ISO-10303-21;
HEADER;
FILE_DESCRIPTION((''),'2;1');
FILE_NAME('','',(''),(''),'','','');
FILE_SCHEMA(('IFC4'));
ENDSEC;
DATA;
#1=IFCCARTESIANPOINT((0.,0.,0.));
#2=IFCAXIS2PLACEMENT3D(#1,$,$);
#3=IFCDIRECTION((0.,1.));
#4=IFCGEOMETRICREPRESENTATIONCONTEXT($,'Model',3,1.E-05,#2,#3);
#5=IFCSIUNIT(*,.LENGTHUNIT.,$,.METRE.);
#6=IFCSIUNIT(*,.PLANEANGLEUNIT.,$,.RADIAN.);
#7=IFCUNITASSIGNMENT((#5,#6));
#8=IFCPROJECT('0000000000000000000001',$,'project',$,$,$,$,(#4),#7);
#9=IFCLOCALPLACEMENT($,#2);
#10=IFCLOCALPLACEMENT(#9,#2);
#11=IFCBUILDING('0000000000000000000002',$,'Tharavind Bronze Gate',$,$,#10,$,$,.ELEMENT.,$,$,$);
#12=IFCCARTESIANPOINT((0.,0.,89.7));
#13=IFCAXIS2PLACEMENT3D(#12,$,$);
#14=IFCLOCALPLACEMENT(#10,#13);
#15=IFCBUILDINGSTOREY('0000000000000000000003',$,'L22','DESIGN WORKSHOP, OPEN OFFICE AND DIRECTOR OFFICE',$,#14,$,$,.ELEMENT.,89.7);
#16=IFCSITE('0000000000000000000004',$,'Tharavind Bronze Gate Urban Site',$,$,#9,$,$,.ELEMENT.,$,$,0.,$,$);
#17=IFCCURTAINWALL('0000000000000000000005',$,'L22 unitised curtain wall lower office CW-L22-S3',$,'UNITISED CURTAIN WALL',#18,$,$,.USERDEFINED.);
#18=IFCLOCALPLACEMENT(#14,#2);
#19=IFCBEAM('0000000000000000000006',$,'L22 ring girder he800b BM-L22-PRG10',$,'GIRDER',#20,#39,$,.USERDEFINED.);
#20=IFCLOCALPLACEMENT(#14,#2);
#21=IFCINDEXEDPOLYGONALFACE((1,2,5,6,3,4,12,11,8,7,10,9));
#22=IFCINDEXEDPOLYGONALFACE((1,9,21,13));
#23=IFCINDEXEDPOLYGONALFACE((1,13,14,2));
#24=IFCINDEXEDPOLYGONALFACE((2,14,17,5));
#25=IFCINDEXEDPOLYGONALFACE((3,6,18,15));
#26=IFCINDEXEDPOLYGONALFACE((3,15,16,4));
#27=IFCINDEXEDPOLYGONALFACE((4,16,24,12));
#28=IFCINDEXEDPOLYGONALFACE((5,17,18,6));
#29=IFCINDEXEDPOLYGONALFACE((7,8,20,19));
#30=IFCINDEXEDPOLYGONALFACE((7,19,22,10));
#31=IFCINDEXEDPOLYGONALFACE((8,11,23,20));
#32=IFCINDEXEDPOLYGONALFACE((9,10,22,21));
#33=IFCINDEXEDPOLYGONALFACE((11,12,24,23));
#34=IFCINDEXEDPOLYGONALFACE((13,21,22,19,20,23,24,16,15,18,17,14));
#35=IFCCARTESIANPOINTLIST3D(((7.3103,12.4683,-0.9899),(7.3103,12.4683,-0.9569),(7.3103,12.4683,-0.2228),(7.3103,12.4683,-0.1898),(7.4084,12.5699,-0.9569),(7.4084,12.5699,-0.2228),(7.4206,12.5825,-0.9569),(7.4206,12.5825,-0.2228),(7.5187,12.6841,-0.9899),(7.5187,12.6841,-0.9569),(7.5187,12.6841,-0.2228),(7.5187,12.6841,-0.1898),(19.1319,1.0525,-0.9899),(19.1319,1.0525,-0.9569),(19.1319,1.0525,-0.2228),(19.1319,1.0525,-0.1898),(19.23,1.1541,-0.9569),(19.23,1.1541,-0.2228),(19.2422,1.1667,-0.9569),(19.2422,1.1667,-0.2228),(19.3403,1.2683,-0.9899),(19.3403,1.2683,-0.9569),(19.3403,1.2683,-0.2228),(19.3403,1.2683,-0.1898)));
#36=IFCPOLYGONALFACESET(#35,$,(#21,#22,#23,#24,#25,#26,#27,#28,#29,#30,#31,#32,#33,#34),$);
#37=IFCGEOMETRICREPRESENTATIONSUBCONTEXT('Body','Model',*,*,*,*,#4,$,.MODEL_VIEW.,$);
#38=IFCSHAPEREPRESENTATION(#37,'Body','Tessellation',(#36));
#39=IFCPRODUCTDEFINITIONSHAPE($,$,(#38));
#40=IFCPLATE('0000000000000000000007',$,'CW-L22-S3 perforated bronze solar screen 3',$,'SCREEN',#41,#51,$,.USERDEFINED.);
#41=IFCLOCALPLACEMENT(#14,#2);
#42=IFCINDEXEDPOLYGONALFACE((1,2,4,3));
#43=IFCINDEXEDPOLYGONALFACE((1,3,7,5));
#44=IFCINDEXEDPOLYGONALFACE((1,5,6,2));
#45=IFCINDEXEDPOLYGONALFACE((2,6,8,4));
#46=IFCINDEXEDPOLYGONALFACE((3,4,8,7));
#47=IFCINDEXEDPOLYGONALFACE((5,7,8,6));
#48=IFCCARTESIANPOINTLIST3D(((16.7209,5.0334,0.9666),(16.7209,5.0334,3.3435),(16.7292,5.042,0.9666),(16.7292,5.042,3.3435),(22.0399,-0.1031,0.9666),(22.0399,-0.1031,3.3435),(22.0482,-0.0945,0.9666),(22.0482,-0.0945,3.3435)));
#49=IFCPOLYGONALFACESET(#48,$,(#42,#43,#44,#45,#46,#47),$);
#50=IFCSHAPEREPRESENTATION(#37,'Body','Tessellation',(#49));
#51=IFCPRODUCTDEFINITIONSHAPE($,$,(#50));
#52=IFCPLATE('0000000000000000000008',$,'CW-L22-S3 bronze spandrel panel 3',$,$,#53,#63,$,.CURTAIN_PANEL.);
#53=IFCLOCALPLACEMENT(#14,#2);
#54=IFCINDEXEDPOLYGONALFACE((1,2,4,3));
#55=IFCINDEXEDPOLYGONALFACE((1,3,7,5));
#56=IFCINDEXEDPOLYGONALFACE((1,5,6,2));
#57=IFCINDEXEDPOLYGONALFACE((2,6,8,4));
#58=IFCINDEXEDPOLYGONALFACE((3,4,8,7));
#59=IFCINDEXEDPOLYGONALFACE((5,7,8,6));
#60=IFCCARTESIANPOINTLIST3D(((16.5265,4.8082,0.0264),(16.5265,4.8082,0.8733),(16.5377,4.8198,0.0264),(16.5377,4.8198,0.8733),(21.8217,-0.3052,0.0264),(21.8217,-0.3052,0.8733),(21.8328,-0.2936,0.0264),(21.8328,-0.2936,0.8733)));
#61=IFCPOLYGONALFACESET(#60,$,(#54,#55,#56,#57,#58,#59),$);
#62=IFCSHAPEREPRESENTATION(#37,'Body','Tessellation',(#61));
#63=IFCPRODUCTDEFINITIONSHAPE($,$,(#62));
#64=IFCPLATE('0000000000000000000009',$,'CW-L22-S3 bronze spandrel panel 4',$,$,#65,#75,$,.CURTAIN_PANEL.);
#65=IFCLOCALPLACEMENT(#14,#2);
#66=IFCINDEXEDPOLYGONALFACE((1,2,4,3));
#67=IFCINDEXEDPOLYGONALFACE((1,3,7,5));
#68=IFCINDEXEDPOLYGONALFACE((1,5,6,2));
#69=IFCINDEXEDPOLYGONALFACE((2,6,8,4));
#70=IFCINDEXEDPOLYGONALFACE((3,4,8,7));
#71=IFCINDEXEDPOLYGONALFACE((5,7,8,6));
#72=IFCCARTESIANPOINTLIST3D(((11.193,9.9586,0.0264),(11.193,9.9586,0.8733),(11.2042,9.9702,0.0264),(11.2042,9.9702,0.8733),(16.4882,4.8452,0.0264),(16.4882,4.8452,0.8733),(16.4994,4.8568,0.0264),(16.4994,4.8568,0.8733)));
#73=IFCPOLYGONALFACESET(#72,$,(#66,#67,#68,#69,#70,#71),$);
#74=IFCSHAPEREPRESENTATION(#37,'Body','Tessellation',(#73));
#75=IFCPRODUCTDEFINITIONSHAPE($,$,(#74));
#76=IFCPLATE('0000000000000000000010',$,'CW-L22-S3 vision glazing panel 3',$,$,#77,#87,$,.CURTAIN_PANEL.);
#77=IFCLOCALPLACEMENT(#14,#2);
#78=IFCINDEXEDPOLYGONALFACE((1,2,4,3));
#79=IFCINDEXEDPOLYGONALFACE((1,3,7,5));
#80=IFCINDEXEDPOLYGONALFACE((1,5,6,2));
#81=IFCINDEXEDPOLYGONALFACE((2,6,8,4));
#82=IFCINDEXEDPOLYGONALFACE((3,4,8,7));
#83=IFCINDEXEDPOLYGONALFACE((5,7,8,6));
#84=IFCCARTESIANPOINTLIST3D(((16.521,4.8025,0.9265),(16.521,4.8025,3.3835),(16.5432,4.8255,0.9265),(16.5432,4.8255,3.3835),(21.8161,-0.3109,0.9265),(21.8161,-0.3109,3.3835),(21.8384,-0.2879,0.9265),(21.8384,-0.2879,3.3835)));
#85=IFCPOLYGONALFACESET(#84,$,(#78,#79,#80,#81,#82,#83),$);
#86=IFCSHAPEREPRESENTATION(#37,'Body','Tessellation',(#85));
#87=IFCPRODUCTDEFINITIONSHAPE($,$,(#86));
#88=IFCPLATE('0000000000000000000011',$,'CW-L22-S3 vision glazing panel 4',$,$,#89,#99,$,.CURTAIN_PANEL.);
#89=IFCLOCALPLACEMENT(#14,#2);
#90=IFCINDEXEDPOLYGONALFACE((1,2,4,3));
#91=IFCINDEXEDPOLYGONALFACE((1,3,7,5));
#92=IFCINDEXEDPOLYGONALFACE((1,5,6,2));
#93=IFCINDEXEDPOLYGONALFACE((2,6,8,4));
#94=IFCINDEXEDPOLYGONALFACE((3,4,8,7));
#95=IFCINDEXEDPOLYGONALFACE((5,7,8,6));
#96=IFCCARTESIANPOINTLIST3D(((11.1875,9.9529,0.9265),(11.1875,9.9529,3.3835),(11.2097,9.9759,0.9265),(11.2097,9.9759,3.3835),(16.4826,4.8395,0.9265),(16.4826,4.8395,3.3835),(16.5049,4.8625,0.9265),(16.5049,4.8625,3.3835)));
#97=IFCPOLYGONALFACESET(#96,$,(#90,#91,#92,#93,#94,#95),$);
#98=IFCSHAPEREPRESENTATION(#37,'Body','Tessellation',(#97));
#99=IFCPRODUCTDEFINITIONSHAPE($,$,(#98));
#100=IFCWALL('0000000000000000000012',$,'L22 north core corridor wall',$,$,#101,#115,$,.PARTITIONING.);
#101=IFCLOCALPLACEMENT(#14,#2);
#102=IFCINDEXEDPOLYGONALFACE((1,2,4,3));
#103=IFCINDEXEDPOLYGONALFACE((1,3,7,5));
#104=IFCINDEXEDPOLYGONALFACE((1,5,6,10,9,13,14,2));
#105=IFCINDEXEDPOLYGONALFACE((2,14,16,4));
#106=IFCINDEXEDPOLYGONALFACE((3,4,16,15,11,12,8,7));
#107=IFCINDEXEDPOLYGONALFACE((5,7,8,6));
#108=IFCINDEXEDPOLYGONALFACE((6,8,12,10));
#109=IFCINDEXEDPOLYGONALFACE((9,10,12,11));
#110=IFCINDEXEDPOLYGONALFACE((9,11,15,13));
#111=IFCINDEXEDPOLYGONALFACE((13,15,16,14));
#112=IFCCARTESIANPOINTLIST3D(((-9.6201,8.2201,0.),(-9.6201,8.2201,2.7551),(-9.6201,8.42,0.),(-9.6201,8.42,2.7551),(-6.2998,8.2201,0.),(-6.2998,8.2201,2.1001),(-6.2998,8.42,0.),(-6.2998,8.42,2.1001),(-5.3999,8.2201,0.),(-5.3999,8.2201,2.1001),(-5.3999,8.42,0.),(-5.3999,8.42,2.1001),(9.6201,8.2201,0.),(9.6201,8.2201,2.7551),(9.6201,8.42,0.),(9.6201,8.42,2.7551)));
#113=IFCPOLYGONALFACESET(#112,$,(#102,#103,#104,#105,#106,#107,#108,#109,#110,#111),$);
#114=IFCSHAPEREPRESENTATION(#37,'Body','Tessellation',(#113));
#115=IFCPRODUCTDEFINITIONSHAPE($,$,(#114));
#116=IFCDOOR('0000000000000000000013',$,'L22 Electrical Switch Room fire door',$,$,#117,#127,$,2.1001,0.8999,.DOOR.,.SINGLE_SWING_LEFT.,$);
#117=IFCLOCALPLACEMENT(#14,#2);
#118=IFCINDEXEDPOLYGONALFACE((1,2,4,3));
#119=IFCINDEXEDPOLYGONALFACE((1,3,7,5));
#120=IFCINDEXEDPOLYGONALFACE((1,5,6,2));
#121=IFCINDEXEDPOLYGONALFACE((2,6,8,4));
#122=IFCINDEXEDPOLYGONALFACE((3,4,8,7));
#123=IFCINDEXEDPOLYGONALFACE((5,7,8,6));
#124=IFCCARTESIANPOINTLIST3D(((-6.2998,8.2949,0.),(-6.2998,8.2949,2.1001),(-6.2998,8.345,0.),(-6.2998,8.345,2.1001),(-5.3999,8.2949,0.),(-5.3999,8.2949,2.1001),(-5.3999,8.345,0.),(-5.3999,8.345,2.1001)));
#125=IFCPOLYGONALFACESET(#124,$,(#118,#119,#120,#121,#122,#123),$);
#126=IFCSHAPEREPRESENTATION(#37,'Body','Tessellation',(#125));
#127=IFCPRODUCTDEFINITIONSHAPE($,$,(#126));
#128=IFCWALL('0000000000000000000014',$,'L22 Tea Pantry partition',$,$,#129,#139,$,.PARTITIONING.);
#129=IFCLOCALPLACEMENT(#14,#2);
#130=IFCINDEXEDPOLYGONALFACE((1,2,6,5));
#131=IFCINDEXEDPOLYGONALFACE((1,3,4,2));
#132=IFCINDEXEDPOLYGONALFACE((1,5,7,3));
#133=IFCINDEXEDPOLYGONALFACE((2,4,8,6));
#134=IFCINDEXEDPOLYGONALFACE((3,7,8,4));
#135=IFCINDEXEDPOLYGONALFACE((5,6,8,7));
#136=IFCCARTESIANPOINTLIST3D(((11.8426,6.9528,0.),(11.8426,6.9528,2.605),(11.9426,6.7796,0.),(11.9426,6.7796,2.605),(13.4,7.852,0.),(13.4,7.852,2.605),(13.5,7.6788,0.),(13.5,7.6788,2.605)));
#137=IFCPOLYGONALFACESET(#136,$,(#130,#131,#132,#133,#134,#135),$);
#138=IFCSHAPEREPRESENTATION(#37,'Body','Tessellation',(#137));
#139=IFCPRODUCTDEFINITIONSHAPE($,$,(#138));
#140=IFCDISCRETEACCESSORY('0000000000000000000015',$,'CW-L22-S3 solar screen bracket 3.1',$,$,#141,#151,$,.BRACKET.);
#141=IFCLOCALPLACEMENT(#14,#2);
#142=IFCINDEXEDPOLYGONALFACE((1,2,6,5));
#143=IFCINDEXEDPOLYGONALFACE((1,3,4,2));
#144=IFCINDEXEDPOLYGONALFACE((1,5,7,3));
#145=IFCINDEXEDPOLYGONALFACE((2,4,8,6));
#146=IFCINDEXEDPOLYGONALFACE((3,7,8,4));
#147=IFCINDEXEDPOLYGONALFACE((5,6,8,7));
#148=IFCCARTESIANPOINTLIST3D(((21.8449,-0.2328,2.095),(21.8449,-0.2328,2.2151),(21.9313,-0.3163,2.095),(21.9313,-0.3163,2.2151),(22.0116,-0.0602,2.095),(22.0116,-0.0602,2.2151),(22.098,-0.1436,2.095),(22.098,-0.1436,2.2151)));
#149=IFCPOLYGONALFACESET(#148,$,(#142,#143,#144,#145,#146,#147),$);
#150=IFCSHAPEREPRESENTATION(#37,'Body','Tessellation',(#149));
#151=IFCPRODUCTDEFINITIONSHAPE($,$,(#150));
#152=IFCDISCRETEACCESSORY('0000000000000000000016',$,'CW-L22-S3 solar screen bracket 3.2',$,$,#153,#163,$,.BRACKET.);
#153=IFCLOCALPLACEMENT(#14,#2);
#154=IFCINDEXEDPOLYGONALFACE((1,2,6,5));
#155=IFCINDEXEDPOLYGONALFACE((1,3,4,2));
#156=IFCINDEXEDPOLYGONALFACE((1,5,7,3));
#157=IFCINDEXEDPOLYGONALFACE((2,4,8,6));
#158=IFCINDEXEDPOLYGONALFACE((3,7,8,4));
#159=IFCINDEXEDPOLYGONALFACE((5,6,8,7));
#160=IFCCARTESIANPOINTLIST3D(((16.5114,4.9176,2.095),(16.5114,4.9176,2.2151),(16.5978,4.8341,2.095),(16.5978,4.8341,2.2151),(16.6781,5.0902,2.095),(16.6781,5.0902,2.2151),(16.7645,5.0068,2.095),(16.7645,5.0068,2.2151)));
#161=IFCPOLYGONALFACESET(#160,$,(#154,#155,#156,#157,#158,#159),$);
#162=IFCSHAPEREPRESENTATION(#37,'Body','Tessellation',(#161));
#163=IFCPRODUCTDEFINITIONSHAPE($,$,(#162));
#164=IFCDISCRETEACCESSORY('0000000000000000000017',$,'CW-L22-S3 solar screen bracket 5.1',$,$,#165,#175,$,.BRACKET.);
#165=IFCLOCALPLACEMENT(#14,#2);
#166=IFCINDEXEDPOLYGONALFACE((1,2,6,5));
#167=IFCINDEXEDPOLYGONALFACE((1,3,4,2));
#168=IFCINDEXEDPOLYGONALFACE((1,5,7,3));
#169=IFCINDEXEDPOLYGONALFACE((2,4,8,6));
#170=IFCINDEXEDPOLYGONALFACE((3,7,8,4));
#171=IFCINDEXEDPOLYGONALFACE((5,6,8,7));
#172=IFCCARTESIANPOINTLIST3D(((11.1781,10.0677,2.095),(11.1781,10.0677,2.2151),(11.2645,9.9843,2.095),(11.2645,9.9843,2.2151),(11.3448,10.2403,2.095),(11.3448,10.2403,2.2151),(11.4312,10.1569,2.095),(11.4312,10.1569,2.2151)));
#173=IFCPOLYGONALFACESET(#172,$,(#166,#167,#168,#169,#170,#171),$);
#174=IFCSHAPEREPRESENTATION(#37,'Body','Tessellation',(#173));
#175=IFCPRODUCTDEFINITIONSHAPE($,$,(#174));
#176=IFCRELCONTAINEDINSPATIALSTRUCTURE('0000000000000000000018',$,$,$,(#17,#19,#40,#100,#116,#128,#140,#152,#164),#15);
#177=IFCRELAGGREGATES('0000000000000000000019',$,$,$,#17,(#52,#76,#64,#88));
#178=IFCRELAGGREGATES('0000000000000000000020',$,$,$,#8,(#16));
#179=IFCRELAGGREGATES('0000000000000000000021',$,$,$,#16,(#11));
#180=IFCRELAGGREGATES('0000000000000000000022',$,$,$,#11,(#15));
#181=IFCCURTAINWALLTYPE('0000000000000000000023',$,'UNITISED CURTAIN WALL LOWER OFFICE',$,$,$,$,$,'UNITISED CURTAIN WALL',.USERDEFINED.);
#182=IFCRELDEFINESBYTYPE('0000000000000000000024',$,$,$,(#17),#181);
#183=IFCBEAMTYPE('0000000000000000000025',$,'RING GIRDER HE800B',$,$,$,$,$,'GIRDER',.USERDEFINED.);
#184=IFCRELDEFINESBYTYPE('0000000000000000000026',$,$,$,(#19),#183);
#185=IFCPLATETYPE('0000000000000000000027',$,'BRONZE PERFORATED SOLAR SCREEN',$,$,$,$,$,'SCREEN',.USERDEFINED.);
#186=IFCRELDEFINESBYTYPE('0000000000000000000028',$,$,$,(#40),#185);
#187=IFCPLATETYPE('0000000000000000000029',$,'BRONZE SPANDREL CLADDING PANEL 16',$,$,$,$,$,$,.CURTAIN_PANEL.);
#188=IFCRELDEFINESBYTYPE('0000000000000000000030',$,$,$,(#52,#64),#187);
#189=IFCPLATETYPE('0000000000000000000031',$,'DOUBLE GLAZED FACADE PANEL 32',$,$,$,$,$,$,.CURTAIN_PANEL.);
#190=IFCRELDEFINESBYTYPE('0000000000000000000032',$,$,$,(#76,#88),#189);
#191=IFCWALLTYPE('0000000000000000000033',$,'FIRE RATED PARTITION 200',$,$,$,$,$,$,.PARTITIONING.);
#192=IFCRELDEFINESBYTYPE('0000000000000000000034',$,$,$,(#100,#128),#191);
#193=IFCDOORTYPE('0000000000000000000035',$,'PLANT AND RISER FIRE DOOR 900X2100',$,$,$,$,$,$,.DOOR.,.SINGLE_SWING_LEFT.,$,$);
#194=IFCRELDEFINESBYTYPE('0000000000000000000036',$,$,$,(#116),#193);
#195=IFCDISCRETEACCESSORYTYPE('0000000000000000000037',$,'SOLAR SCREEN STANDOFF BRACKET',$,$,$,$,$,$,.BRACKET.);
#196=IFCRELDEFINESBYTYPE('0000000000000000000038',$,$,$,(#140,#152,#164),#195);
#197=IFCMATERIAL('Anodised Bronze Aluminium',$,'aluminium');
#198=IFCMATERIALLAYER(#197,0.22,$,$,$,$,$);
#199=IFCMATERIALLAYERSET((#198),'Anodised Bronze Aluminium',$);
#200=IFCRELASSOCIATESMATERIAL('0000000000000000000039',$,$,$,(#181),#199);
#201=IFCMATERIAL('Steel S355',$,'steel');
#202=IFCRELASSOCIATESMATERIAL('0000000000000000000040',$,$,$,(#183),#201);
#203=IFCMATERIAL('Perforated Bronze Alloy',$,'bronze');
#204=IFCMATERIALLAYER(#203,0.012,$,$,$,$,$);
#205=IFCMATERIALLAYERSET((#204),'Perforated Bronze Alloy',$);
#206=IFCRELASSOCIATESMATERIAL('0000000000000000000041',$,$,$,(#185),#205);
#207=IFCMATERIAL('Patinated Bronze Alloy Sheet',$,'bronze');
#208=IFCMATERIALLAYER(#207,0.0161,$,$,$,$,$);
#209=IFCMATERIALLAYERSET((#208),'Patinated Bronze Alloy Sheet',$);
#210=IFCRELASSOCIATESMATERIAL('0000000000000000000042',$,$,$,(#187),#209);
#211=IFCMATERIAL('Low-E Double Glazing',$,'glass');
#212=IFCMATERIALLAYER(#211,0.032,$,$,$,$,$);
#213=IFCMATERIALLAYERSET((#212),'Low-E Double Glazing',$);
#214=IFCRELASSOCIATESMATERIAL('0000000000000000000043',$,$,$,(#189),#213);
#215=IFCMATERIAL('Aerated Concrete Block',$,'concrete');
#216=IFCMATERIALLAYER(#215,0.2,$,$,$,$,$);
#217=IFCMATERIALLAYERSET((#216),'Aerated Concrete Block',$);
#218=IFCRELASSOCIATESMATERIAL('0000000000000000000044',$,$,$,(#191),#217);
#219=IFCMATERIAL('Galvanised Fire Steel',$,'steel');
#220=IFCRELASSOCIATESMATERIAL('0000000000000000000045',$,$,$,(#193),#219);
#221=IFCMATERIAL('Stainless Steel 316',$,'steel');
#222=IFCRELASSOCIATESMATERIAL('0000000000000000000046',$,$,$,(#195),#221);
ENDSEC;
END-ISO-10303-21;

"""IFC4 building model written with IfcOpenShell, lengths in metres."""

from ifc_helpers import new_model, si_unit, direction, frame, frame_2d, origin, origin_2d, place, context, subcontext, project, spatial, rectangle, i_section, extrude, material, layer, layer_set, material_profile, profile_set, type_object, element, fill, aggregate, save


model = new_model("IFC4")

# Units and contexts
model_context = context("Model", 3, precision=1e-05, world=origin(), true_north=direction((0.0, 1.0)))
body_context = subcontext(model_context, "Body", "Model", "MODEL_VIEW")
ifc_project = project(units=[si_unit("LENGTHUNIT", "METRE"), si_unit("PLANEANGLEUNIT", "RADIAN")], contexts=[model_context])

# Site, building, storey
site_placement = place(None, origin())
site = spatial("IfcSite", under=ifc_project, at=site_placement, Name="Tharavind Bronze Gate Urban Site", CompositionType="ELEMENT", RefElevation=0.0)
building_placement = place(site_placement, origin())
building = spatial("IfcBuilding", under=site, at=building_placement, Name="Tharavind Bronze Gate", CompositionType="ELEMENT")
storey_placement = place(building_placement, frame((0.0, 0.0, 89.7)))
storey = spatial("IfcBuildingStorey", under=building, at=storey_placement, Name="L22", Description="DESIGN WORKSHOP, OPEN OFFICE AND DIRECTOR OFFICE", CompositionType="ELEMENT", Elevation=89.7)

# Curtain wall
ifc_material_1 = material(Name="Anodised Bronze Aluminium", Category="aluminium")
ifc_layer_1 = layer(ifc_material_1, 0.22)
ifc_layer_set_1 = layer_set([ifc_layer_1], Name="Anodised Bronze Aluminium")
curtain_wall_type = type_object("IfcCurtainWallType", Name="UNITISED CURTAIN WALL LOWER OFFICE", ElementType="UNITISED CURTAIN WALL", PredefinedType="USERDEFINED", material=ifc_layer_set_1)
curtain_wall_placement = place(storey_placement, origin())
curtain_wall = element("IfcCurtainWall", 1, at=curtain_wall_placement, inside=storey, type_object=curtain_wall_type, Name="L22 unitised curtain wall lower office CW-L22-S3", ObjectType="UNITISED CURTAIN WALL", PredefinedType="USERDEFINED")

# Beam
ifc_material_2 = material(Name="Steel S355", Category="steel")
ifc_material_profile_1 = material_profile(ifc_material_2, i_section(OverallWidth=0.3, OverallDepth=0.8, WebThickness=0.0176, FlangeThickness=0.033, at=origin_2d()), Name="HE800B")
ifc_profile_set_1 = profile_set([ifc_material_profile_1], Name="Steel S355")
beam_type_1 = type_object("IfcBeamType", Name="RING GIRDER HE800B", ElementType="GIRDER", PredefinedType="USERDEFINED", material=ifc_profile_set_1)
beam_1_placement = place(storey_placement, frame((19.2361, 1.1604, -0.5898), z_axis=(-0.719344, 0.694654, 0.0), x_axis=(-0.694654, -0.719344, 0.0)))
element("IfcBeam", 2, at=beam_1_placement, inside=storey, type_object=beam_type_1, Name="L22 ring girder he800b BM-L22-PRG10", ObjectType="GIRDER", PredefinedType="USERDEFINED", context=body_context, shape_type="SweptSolid", body=[
    extrude(i_section(OverallWidth=0.3, OverallDepth=0.8, WebThickness=0.0176, FlangeThickness=0.033, at=origin_2d()), origin(), (0.0, 0.0, 1.0), 16.4338),
])

# Plates
ifc_material_3 = material(Name="Perforated Bronze Alloy", Category="bronze")
ifc_layer_2 = layer(ifc_material_3, 0.012)
ifc_layer_set_2 = layer_set([ifc_layer_2], Name="Perforated Bronze Alloy")
plate_type_1 = type_object("IfcPlateType", Name="BRONZE PERFORATED SOLAR SCREEN", ElementType="SCREEN", PredefinedType="USERDEFINED", material=ifc_layer_set_2)
plate_1_placement = place(storey_placement, frame((19.3845, 2.4695, 0.9666), z_axis=(0.0, 0.0, 1.0), x_axis=(-0.719341, 0.694657, 0.0)))
element("IfcPlate", 3, at=plate_1_placement, inside=storey, type_object=plate_type_1, Name="CW-L22-S3 perforated bronze solar screen 3", ObjectType="SCREEN", PredefinedType="USERDEFINED", context=body_context, shape_type="SweptSolid", body=[
    extrude(rectangle(XDim=7.3943, YDim=0.012, at=origin_2d()), origin(), (0.0, 0.0, 1.0), 2.377),
])
ifc_material_4 = material(Name="Patinated Bronze Alloy Sheet", Category="bronze")
ifc_layer_3 = layer(ifc_material_4, 0.0161)
ifc_layer_set_3 = layer_set([ifc_layer_3], Name="Patinated Bronze Alloy Sheet")
plate_type_2 = type_object("IfcPlateType", Name="BRONZE SPANDREL CLADDING PANEL 16", PredefinedType="CURTAIN_PANEL", material=ifc_layer_set_3)
plate_2_placement = place(storey_placement, frame((19.1797, 2.2573, 0.0264), z_axis=(0.0, 0.0, 1.0), x_axis=(-0.719341, 0.694657, 0.0)))
plate_2 = element("IfcPlate", 4, at=plate_2_placement, type_object=plate_type_2, Name="CW-L22-S3 bronze spandrel panel 3", PredefinedType="CURTAIN_PANEL", context=body_context, shape_type="SweptSolid", body=[
    extrude(rectangle(XDim=7.3611, YDim=0.0161, at=origin_2d()), origin(), (0.0, 0.0, 1.0), 0.8469),
])
plate_3_placement = place(storey_placement, frame((13.8462, 7.4077, 0.0264), z_axis=(0.0, 0.0, 1.0), x_axis=(-0.719341, 0.694657, 0.0)))
plate_3 = element("IfcPlate", 5, at=plate_3_placement, type_object=plate_type_2, Name="CW-L22-S3 bronze spandrel panel 4", PredefinedType="CURTAIN_PANEL", context=body_context, shape_type="SweptSolid", body=[
    extrude(rectangle(XDim=7.3611, YDim=0.0161, at=origin_2d()), origin(), (0.0, 0.0, 1.0), 0.8469),
])
ifc_material_5 = material(Name="Low-E Double Glazing", Category="glass")
ifc_layer_4 = layer(ifc_material_5, 0.032)
ifc_layer_set_4 = layer_set([ifc_layer_4], Name="Low-E Double Glazing")
plate_type_3 = type_object("IfcPlateType", Name="DOUBLE GLAZED FACADE PANEL 32", PredefinedType="CURTAIN_PANEL", material=ifc_layer_set_4)
plate_4_placement = place(storey_placement, frame((19.1797, 2.2573, 0.9265), z_axis=(0.0, 0.0, 1.0), x_axis=(-0.719341, 0.694657, 0.0)))
plate_4 = element("IfcPlate", 6, at=plate_4_placement, type_object=plate_type_3, Name="CW-L22-S3 vision glazing panel 3", PredefinedType="CURTAIN_PANEL", context=body_context, shape_type="SweptSolid", body=[
    extrude(rectangle(XDim=7.3611, YDim=0.032, at=origin_2d()), origin(), (0.0, 0.0, 1.0), 2.457),
])
plate_5_placement = place(storey_placement, frame((13.8462, 7.4077, 0.9265), z_axis=(0.0, 0.0, 1.0), x_axis=(-0.719341, 0.694657, 0.0)))
plate_5 = element("IfcPlate", 7, at=plate_5_placement, type_object=plate_type_3, Name="CW-L22-S3 vision glazing panel 4", PredefinedType="CURTAIN_PANEL", context=body_context, shape_type="SweptSolid", body=[
    extrude(rectangle(XDim=7.3611, YDim=0.032, at=origin_2d()), origin(), (0.0, 0.0, 1.0), 2.457),
])
aggregate(curtain_wall, [plate_2, plate_4, plate_3, plate_5])

# Wall, opening, door
ifc_material_6 = material(Name="Aerated Concrete Block", Category="concrete")
ifc_layer_5 = layer(ifc_material_6, 0.2)
ifc_layer_set_5 = layer_set([ifc_layer_5], Name="Aerated Concrete Block")
wall_type = type_object("IfcWallType", Name="FIRE RATED PARTITION 200", PredefinedType="PARTITIONING", material=ifc_layer_set_5)
wall_1_placement = place(storey_placement, frame((9.6201, 8.3201, 0.0), z_axis=(0.0, 0.0, 1.0), x_axis=(-1.0, 0.0, 0.0)))
wall_1 = element("IfcWall", 8, at=wall_1_placement, inside=storey, type_object=wall_type, Name="L22 north core corridor wall", PredefinedType="PARTITIONING", context=body_context, shape_type="SweptSolid", body=[
    extrude(rectangle(XDim=19.2402, YDim=0.2, at=frame_2d((9.6201, 0.0))), origin(), (0.0, 0.0, 1.0), 2.7551),
])
opening_1_placement = place(wall_1_placement, frame((15.02, 0.0, 0.0)))
opening_1 = element("IfcOpeningElement", 9, at=opening_1_placement, cuts=wall_1, PredefinedType="OPENING", context=body_context, shape_type="SweptSolid", body=[
    extrude(rectangle(XDim=0.8999, YDim=2.1001, at=frame_2d((0.45, 1.05))), frame((0.0, 0.1101, 0.0), z_axis=(0.0, -1.0, 0.0), x_axis=(1.0, 0.0, 0.0)), (0.0, 0.0, 1.0), 0.22),
])
ifc_material_7 = material(Name="Galvanised Fire Steel", Category="steel")
door_type_1 = type_object("IfcDoorType", Name="PLANT AND RISER FIRE DOOR 900X2100", OperationType="SINGLE_SWING_LEFT", PredefinedType="DOOR", material=ifc_material_7)
door_1_placement = place(opening_1_placement, frame((0.8999, 0.0, 0.0), z_axis=(0.0, 0.0, 1.0), x_axis=(-1.0, 0.0, 0.0)))
door_1 = element("IfcDoor", 10, at=door_1_placement, inside=storey, type_object=door_type_1, Name="L22 Electrical Switch Room fire door", OperationType="SINGLE_SWING_LEFT", OverallHeight=2.1001, OverallWidth=0.8999, PredefinedType="DOOR", context=body_context, shape_type="SweptSolid", body=[
    extrude(rectangle(XDim=0.8999, YDim=2.1001, at=frame_2d((0.45, 1.05))), frame((0.0, 0.0249, 0.0), z_axis=(0.0, -1.0, 0.0), x_axis=(1.0, 0.0, 0.0)), (0.0, 0.0, 1.0), 0.05),
])
fill(opening_1, door_1)

# Wall
wall_2_placement = place(storey_placement, frame((11.8926, 6.8662, 0.0), z_axis=(0.0, 0.0, 1.0), x_axis=(0.866021, 0.500008, 0.0)))
element("IfcWall", 11, at=wall_2_placement, inside=storey, type_object=wall_type, Name="L22 Tea Pantry partition", PredefinedType="PARTITIONING", context=body_context, shape_type="SweptSolid", body=[
    extrude(rectangle(XDim=1.7983, YDim=0.2, at=frame_2d((0.8992, 0.0))), origin(), (0.0, 0.0, 1.0), 2.605),
])

# Discrete accessories
ifc_material_8 = material(Name="Stainless Steel 316", Category="steel")
discrete_accessory_type = type_object("IfcDiscreteAccessoryType", Name="SOLAR SCREEN STANDOFF BRACKET", PredefinedType="BRACKET", material=ifc_material_8)
for number, where, z_axis, x_axis, name in (
    (12, (21.9714, -0.1882, 2.095), (0.0, 0.0, 1.0), (-0.719341, 0.694657, 0.0), "CW-L22-S3 solar screen bracket 3.1"),
    (13, (16.6379, 4.9622, 2.095), (0.0, 0.0, 1.0), (-0.719341, 0.694657, 0.0), "CW-L22-S3 solar screen bracket 3.2"),
    (14, (11.3047, 10.1123, 2.095), (0.0, 0.0, 1.0), (-0.719341, 0.694657, 0.0), "CW-L22-S3 solar screen bracket 5.1"),
):
    element("IfcDiscreteAccessory", number, at=place(storey_placement, frame(where, z_axis=z_axis, x_axis=x_axis)), inside=storey, type_object=discrete_accessory_type, Name=name, PredefinedType="BRACKET", context=body_context, shape_type="SweptSolid", body=[
        extrude(rectangle(XDim=0.1201, YDim=0.24, at=origin_2d()), origin(), (0.0, 0.0, 1.0), 0.1201),
    ])

save(model, "model.ifc")
